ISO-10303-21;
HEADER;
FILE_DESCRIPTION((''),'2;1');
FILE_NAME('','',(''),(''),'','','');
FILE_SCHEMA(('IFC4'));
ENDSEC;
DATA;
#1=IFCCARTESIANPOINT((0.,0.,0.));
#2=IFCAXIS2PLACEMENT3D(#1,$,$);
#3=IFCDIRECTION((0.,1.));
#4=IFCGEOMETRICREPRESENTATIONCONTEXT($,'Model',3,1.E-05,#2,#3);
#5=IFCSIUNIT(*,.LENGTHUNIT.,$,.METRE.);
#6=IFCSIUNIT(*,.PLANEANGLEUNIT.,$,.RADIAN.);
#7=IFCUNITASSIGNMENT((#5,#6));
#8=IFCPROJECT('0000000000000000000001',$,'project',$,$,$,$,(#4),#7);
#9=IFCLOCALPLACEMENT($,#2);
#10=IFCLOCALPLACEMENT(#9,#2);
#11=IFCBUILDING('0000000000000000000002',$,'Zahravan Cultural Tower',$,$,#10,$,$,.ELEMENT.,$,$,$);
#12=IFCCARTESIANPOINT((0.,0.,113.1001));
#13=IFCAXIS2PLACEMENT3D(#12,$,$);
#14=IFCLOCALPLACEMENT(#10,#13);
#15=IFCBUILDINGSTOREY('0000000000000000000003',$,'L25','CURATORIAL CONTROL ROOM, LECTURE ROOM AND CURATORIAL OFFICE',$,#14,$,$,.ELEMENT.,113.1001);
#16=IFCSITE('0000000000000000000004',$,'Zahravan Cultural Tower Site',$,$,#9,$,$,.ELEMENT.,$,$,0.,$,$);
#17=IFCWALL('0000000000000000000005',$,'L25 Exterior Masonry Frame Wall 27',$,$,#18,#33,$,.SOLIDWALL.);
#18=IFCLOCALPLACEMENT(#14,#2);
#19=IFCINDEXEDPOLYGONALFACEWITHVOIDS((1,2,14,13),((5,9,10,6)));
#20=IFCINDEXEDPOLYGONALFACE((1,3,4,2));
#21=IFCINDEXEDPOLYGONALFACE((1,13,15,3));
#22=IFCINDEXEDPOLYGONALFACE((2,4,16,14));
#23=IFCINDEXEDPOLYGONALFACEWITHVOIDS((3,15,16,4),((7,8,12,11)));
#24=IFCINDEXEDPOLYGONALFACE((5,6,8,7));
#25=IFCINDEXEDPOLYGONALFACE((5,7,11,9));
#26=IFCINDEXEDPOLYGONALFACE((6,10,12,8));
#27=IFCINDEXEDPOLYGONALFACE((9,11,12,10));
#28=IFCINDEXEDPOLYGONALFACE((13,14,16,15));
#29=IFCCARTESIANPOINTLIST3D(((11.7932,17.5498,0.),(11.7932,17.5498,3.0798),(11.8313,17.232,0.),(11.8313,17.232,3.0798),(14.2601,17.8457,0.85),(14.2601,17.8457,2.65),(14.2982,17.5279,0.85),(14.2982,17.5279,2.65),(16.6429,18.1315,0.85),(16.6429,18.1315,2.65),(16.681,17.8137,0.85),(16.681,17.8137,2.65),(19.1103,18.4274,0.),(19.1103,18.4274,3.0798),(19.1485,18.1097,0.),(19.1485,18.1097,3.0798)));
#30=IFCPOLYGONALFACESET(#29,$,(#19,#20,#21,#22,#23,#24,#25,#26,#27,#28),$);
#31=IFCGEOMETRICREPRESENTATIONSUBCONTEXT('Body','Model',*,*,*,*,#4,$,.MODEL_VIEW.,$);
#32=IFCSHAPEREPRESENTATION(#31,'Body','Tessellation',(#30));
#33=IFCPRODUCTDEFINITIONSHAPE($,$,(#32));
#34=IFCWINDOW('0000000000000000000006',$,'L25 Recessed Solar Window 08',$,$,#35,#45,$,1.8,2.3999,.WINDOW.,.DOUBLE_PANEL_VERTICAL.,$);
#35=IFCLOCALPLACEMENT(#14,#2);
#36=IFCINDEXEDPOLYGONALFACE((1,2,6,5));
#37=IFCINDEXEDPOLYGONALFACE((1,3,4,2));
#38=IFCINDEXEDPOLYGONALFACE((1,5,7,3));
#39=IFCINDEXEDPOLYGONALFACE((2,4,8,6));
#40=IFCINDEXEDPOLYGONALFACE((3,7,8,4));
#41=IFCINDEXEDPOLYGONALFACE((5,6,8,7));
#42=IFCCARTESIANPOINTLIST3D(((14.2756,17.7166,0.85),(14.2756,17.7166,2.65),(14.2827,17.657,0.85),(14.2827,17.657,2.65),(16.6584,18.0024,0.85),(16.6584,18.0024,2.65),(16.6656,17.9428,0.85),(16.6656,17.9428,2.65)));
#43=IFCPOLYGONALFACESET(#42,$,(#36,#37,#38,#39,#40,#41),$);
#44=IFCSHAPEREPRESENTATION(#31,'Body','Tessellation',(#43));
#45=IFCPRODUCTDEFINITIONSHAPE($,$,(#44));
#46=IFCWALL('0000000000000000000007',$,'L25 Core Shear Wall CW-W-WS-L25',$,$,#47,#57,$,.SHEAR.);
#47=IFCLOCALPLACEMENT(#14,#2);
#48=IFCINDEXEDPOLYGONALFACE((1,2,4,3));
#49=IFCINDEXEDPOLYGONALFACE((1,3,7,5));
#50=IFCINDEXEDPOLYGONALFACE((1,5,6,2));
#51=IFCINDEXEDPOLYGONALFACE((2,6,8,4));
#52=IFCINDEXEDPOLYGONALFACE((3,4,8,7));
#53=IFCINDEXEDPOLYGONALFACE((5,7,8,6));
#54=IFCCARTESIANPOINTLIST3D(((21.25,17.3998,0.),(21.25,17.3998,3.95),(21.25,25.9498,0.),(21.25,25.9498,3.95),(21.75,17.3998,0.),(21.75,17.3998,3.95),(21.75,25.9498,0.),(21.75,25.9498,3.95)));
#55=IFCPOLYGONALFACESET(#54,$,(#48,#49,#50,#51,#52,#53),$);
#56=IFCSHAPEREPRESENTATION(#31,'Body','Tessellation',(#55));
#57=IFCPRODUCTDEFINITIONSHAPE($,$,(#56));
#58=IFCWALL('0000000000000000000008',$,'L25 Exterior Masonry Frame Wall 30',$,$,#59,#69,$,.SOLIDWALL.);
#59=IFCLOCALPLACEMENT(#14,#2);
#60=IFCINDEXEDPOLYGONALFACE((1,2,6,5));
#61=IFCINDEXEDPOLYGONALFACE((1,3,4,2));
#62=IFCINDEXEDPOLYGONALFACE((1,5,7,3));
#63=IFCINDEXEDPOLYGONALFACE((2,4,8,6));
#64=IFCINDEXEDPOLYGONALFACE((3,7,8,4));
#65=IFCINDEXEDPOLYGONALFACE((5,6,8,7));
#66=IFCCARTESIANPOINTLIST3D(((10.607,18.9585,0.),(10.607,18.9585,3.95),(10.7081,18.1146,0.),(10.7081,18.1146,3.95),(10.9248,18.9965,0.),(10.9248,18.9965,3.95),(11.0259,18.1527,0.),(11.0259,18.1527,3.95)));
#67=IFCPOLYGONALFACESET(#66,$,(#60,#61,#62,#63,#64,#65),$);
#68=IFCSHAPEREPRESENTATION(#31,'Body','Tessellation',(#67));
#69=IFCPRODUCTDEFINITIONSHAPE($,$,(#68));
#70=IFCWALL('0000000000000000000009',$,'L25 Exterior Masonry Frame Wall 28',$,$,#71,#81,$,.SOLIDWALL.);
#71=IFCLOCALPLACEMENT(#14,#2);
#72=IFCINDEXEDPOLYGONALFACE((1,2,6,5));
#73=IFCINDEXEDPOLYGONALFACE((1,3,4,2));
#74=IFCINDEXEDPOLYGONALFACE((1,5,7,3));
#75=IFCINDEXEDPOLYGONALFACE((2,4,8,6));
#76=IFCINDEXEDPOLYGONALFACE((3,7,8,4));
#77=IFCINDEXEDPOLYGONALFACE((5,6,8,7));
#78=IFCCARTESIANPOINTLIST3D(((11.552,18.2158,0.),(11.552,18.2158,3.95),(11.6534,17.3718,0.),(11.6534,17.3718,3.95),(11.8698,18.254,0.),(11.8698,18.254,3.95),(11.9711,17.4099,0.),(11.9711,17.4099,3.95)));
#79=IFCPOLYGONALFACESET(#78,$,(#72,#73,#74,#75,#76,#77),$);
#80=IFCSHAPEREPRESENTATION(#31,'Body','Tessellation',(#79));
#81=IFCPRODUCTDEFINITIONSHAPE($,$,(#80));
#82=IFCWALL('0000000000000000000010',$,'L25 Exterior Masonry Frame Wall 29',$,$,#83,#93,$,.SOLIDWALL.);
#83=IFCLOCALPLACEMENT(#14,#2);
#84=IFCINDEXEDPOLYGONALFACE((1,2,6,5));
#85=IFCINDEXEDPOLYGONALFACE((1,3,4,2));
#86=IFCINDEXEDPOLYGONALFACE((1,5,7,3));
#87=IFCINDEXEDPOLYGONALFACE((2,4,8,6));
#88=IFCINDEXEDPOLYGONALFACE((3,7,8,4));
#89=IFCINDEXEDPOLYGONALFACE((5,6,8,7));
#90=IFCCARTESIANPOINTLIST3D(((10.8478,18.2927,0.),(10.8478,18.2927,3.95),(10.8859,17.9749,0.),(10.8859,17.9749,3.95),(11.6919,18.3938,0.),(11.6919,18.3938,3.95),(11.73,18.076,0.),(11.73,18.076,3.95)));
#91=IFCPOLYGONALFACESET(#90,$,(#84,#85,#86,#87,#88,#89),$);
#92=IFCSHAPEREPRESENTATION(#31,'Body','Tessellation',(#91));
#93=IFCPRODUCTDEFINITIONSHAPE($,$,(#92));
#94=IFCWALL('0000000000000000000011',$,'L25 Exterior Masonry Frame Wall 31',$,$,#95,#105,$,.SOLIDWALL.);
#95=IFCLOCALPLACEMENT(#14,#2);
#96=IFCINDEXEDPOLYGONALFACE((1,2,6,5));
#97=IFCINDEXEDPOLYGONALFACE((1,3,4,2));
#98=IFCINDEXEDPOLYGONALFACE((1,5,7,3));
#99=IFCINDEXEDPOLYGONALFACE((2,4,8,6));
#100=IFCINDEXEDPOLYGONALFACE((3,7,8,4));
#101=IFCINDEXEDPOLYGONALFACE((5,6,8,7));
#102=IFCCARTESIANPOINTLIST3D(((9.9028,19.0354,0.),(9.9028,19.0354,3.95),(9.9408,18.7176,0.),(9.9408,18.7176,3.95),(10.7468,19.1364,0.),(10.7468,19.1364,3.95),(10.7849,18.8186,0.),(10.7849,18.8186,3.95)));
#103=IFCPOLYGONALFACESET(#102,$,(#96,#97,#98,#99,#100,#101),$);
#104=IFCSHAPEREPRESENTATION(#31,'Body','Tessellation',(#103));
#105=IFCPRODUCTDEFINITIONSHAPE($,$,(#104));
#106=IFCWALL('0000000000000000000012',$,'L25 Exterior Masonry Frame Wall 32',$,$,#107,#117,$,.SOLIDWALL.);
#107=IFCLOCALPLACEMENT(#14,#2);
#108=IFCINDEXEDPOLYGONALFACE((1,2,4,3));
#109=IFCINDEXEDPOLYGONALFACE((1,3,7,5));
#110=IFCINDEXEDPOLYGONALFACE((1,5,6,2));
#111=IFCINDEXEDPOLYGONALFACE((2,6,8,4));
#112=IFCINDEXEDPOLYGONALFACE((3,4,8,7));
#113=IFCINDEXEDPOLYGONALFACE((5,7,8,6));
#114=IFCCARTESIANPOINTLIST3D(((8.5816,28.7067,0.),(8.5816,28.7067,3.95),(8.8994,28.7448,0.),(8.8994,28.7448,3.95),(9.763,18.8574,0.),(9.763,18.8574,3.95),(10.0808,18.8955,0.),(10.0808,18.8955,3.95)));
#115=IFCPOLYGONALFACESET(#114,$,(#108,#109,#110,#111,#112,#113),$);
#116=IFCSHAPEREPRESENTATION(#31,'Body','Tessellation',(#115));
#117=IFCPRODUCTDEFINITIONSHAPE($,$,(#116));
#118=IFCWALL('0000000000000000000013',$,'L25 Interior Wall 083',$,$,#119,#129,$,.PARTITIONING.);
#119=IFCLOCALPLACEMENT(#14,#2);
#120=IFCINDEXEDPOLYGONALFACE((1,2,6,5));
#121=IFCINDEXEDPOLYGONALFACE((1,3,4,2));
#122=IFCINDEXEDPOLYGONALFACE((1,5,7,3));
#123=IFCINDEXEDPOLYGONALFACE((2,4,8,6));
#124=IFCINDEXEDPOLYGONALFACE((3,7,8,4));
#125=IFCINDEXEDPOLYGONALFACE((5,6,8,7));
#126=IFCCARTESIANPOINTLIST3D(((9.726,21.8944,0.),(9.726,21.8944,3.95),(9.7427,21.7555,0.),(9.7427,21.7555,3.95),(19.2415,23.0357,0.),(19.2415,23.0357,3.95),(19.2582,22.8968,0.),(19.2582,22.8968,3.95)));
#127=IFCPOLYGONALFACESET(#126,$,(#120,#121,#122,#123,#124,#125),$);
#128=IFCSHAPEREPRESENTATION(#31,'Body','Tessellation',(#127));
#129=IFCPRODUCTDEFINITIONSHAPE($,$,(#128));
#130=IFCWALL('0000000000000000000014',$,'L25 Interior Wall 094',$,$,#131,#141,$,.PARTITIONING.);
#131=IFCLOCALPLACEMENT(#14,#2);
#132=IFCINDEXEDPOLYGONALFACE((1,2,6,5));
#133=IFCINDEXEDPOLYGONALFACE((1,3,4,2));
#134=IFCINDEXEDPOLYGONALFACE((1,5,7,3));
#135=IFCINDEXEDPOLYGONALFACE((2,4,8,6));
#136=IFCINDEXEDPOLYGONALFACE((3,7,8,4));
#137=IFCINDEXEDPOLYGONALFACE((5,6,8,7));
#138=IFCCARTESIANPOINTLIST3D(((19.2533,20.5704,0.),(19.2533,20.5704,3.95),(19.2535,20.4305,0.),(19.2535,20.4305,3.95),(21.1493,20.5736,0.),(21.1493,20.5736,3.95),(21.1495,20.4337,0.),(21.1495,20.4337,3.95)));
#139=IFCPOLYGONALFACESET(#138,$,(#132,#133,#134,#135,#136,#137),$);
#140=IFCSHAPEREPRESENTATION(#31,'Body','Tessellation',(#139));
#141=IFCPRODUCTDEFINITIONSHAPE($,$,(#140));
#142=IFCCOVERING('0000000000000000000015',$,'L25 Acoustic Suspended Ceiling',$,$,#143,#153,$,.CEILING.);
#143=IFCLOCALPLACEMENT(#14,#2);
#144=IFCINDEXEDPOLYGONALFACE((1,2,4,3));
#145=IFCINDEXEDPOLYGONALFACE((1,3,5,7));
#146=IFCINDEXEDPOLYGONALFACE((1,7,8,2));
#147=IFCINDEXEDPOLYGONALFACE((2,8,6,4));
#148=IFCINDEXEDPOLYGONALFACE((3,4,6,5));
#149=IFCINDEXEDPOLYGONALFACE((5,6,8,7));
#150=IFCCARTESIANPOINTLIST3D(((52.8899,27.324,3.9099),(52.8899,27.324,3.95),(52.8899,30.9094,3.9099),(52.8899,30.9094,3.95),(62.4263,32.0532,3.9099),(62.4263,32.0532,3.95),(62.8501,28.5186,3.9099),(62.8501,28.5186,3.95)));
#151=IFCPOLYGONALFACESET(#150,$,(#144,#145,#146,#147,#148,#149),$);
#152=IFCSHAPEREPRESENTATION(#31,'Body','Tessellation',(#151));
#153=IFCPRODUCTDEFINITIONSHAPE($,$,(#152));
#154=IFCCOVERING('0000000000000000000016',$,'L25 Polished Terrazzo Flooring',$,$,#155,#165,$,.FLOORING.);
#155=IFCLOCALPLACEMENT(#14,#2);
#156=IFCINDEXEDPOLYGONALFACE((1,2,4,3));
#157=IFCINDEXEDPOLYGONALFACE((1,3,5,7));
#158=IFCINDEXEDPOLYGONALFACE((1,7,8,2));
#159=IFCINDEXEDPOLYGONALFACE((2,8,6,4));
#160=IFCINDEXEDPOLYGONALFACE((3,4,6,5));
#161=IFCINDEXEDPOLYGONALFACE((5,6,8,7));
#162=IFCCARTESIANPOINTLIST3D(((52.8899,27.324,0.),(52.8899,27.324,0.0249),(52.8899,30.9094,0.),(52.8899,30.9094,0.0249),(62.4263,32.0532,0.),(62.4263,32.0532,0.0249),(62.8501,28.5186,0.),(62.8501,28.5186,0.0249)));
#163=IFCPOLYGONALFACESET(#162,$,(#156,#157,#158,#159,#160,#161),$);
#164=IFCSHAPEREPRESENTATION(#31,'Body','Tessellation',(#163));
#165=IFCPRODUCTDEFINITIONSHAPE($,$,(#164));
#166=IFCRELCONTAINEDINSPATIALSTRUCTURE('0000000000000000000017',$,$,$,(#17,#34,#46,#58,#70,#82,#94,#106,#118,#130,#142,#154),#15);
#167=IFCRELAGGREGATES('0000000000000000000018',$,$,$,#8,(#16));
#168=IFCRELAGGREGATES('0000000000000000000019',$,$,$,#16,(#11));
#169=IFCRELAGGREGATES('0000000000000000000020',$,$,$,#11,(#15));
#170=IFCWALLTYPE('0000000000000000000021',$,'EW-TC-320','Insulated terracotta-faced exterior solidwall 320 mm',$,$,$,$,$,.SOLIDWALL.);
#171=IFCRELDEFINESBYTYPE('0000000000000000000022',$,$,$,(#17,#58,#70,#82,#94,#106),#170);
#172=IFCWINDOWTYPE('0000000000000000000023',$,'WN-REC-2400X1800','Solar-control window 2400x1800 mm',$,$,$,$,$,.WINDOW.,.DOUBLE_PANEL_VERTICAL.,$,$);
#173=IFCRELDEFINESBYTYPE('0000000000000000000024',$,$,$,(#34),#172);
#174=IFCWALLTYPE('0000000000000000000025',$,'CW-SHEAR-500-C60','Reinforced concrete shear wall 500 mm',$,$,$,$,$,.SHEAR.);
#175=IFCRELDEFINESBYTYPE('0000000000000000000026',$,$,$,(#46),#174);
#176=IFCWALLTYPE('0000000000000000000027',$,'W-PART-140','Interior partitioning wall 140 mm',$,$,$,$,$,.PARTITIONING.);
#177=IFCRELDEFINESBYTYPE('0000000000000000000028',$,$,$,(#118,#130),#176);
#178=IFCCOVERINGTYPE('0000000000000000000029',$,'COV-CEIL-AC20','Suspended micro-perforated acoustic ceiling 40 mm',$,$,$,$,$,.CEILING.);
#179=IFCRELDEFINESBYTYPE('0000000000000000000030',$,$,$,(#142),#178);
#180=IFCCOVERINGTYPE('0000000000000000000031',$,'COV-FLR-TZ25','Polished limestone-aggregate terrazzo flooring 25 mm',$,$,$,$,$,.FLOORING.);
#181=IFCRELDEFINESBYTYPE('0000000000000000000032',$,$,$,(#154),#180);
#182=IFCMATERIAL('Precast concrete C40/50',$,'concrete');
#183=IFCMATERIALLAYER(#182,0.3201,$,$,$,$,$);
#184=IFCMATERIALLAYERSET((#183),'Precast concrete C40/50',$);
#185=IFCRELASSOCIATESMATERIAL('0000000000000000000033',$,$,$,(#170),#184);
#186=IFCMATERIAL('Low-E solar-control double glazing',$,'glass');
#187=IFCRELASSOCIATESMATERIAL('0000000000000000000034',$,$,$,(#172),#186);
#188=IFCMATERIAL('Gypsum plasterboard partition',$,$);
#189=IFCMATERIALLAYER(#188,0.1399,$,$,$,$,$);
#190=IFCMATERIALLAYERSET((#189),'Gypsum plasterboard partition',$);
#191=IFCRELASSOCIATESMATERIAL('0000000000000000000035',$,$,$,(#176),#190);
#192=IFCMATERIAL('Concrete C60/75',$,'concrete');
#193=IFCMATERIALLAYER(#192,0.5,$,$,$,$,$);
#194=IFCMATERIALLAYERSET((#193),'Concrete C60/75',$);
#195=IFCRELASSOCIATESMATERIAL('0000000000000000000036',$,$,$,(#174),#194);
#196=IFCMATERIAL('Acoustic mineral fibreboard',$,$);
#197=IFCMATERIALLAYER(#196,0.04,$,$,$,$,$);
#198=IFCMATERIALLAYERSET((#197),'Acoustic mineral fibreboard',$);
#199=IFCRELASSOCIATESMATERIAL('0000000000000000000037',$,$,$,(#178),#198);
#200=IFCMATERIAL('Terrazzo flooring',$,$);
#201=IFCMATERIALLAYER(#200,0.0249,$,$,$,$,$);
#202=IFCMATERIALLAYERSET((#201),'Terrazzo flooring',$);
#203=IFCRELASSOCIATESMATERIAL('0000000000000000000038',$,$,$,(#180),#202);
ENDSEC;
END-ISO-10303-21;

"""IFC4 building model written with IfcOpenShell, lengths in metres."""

from ifc_helpers import new_model, si_unit, direction, frame, frame_2d, origin, place, context, subcontext, project, spatial, polyline, rectangle, outline, extrude, source, transform, mapped, material, layer, layer_set, type_object, element, fill, save


model = new_model("IFC4")

# Units and contexts
model_context = context("Model", 3, precision=1e-05, world=origin(), true_north=direction((0.0, 1.0)))
body_context = subcontext(model_context, "Body", "Model", "MODEL_VIEW")
ifc_project = project(units=[si_unit("LENGTHUNIT", "METRE"), si_unit("PLANEANGLEUNIT", "RADIAN")], contexts=[model_context])

# Site, building, storey
site_placement = place(None, origin())
site = spatial("IfcSite", under=ifc_project, at=site_placement, Name="Zahravan Cultural Tower Site", CompositionType="ELEMENT", RefElevation=0.0)
building_placement = place(site_placement, origin())
building = spatial("IfcBuilding", under=site, at=building_placement, Name="Zahravan Cultural Tower", CompositionType="ELEMENT")
storey_placement = place(building_placement, frame((0.0, 0.0, 113.1001)))
storey = spatial("IfcBuildingStorey", under=building, at=storey_placement, Name="L25", Description="CURATORIAL CONTROL ROOM, LECTURE ROOM AND CURATORIAL OFFICE", CompositionType="ELEMENT", Elevation=113.1001)

# Wall, opening, window
ifc_material_1 = material(Name="Precast concrete C40/50", Category="concrete")
ifc_layer_1 = layer(ifc_material_1, 0.3201)
ifc_layer_set_1 = layer_set([ifc_layer_1], Name="Precast concrete C40/50")
wall_type_1 = type_object("IfcWallType", Name="EW-TC-320", Description="Insulated terracotta-faced exterior solidwall 320 mm", PredefinedType="SOLIDWALL", material=ifc_layer_set_1)
wall_1_placement = place(storey_placement, frame((19.1294, 18.2686, 0.0), z_axis=(0.0, 0.0, 1.0), x_axis=(-0.992883, -0.119096, 0.0)))
wall_1 = element("IfcWall", 1, at=wall_1_placement, inside=storey, type_object=wall_type_1, Name="L25 Exterior Masonry Frame Wall 27", PredefinedType="SOLIDWALL", context=body_context, shape_type="SweptSolid", body=[
    extrude(rectangle(XDim=7.3696, YDim=0.3201, at=frame_2d((3.6848, 0.0))), origin(), (0.0, 0.0, 1.0), 3.0798),
])
opening_1_placement = place(wall_1_placement, frame((2.4851, 0.0, 0.8501)))
opening_1 = element("IfcOpeningElement", 2, at=opening_1_placement, cuts=wall_1, PredefinedType="OPENING", context=body_context, shape_type="SweptSolid", body=[
    extrude(rectangle(XDim=2.3999, YDim=1.8, at=frame_2d((1.2, 0.8999))), frame((0.0, 0.1699, 0.0), z_axis=(0.0, -1.0, 0.0), x_axis=(1.0, 0.0, 0.0)), (0.0, 0.0, 1.0), 0.3401),
])
ifc_material_2 = material(Name="Low-E solar-control double glazing", Category="glass")
window_type = type_object("IfcWindowType", Name="WN-REC-2400X1800", Description="Solar-control window 2400x1800 mm", PartitioningType="DOUBLE_PANEL_VERTICAL", PredefinedType="WINDOW", material=ifc_material_2)
shared_shape_1 = source(origin(), body_context, "Body", "SweptSolid", [
    extrude(rectangle(XDim=2.3999, YDim=1.8, at=frame_2d((1.2, 0.8999))), frame((0.0, 0.03, 0.0), z_axis=(0.0, -1.0, 0.0), x_axis=(1.0, 0.0, 0.0)), (0.0, 0.0, 1.0), 0.0601),
])
window_placement = place(opening_1_placement, origin())
window = element("IfcWindow", 3, at=window_placement, inside=storey, type_object=window_type, Name="L25 Recessed Solar Window 08", OverallHeight=1.8, OverallWidth=2.3999, PartitioningType="DOUBLE_PANEL_VERTICAL", PredefinedType="WINDOW", context=body_context, shape_type="MappedRepresentation", body=[
    mapped(shared_shape_1, transform((0.0, 0.0, 0.0), x_axis=(1.0, 0.0, 0.0), y_axis=(0.0, 1.0, 0.0), z_axis=(0.0, 0.0, 1.0), scale=1.0)),
])
fill(opening_1, window)

# Shared definitions
ifc_material_3 = material(Name="Gypsum plasterboard partition")
ifc_layer_2 = layer(ifc_material_3, 0.1399)
ifc_layer_set_2 = layer_set([ifc_layer_2], Name="Gypsum plasterboard partition")
wall_type_2 = type_object("IfcWallType", Name="W-PART-140", Description="Interior partitioning wall 140 mm", PredefinedType="PARTITIONING", material=ifc_layer_set_2)

# Walls
ifc_material_4 = material(Name="Concrete C60/75", Category="concrete")
ifc_layer_3 = layer(ifc_material_4, 0.5)
ifc_layer_set_3 = layer_set([ifc_layer_3], Name="Concrete C60/75")
wall_type_3 = type_object("IfcWallType", Name="CW-SHEAR-500-C60", Description="Reinforced concrete shear wall 500 mm", PredefinedType="SHEAR", material=ifc_layer_set_3)
shared_shape_2 = source(origin(), body_context, "Body", "SweptSolid", [
    extrude(rectangle(XDim=8.55, YDim=0.5, at=frame_2d((4.2749, 0.0))), origin(), (0.0, 0.0, 1.0), 3.95),
])
wall_2_placement = place(storey_placement, frame((21.5, 17.3999, 0.0), z_axis=(0.0, 0.0, 1.0), x_axis=(0.0, 1.0, 0.0)))
element("IfcWall", 4, at=wall_2_placement, inside=storey, type_object=wall_type_3, Name="L25 Core Shear Wall CW-W-WS-L25", PredefinedType="SHEAR", context=body_context, shape_type="MappedRepresentation", body=[
    mapped(shared_shape_2, transform((0.0, 0.0, 0.0), x_axis=(1.0, 0.0, 0.0), y_axis=(0.0, 1.0, 0.0), z_axis=(0.0, 0.0, 1.0), scale=1.0)),
])
shared_shape_3 = source(origin(), body_context, "Body", "SweptSolid", [
    extrude(rectangle(XDim=0.8499, YDim=0.3201, at=frame_2d((0.4248, 0.0))), origin(), (0.0, 0.0, 1.0), 3.95),
])
wall_3_placement = place(storey_placement, frame((10.8669, 18.1338, 0.0), z_axis=(0.0, 0.0, 1.0), x_axis=(-0.118941, 0.992901, 0.0)))
element("IfcWall", 5, at=wall_3_placement, inside=storey, type_object=wall_type_1, Name="L25 Exterior Masonry Frame Wall 30", PredefinedType="SOLIDWALL", context=body_context, shape_type="MappedRepresentation", body=[
    mapped(shared_shape_3, transform((0.0, 0.0, 0.0), x_axis=(1.0, 0.0, 0.0), y_axis=(0.0, 1.0, 0.0), z_axis=(0.0, 0.0, 1.0), scale=1.0)),
])
shared_shape_4 = source(origin(), body_context, "Body", "SweptSolid", [
    extrude(rectangle(XDim=0.8501, YDim=0.3201, at=frame_2d((0.425, 0.0))), origin(), (0.0, 0.0, 1.0), 3.95),
])
for number, where, z_axis, x_axis, name in (
    (6, (11.8123, 17.3909, 0.0), (0.0, 0.0, 1.0), (-0.119191, 0.992871, 0.0), "L25 Exterior Masonry Frame Wall 28"),
    (7, (11.7109, 18.2349, 0.0), (0.0, 0.0, 1.0), (-0.992905, -0.118907, 0.0), "L25 Exterior Masonry Frame Wall 29"),
    (8, (10.7659, 18.9775, 0.0), (0.0, 0.0, 1.0), (-0.992905, -0.118907, 0.0), "L25 Exterior Masonry Frame Wall 31"),
):
    element("IfcWall", number, at=place(storey_placement, frame(where, z_axis=z_axis, x_axis=x_axis)), inside=storey, type_object=wall_type_1, Name=name, PredefinedType="SOLIDWALL", context=body_context, shape_type="MappedRepresentation", body=[
        mapped(shared_shape_4, transform((0.0, 0.0, 0.0), x_axis=(1.0, 0.0, 0.0), y_axis=(0.0, 1.0, 0.0), z_axis=(0.0, 0.0, 1.0), scale=1.0)),
    ])
shared_shape_5 = source(origin(), body_context, "Body", "SweptSolid", [
    extrude(rectangle(XDim=9.9199, YDim=0.3201, at=frame_2d((4.96, 0.0))), origin(), (0.0, 0.0, 1.0), 3.95),
])
wall_4_placement = place(storey_placement, frame((9.9219, 18.8765, 0.0), z_axis=(0.0, 0.0, 1.0), x_axis=(-0.119093, 0.992883, 0.0)))
element("IfcWall", 9, at=wall_4_placement, inside=storey, type_object=wall_type_1, Name="L25 Exterior Masonry Frame Wall 32", PredefinedType="SOLIDWALL", context=body_context, shape_type="MappedRepresentation", body=[
    mapped(shared_shape_5, transform((0.0, 0.0, 0.0), x_axis=(1.0, 0.0, 0.0), y_axis=(0.0, 1.0, 0.0), z_axis=(0.0, 0.0, 1.0), scale=1.0)),
])
shared_shape_6 = source(origin(), body_context, "Body", "SweptSolid", [
    extrude(rectangle(XDim=9.5837, YDim=0.1399, at=frame_2d((4.792, 0.0))), origin(), (0.0, 0.0, 1.0), 3.95),
])
wall_5_placement = place(storey_placement, frame((19.25, 22.9663, 0.0), z_axis=(0.0, 0.0, 1.0), x_axis=(-0.992883, -0.119092, 0.0)))
element("IfcWall", 10, at=wall_5_placement, inside=storey, type_object=wall_type_2, Name="L25 Interior Wall 083", PredefinedType="PARTITIONING", context=body_context, shape_type="MappedRepresentation", body=[
    mapped(shared_shape_6, transform((0.0, 0.0, 0.0), x_axis=(1.0, 0.0, 0.0), y_axis=(0.0, 1.0, 0.0), z_axis=(0.0, 0.0, 1.0), scale=1.0)),
])
shared_shape_7 = source(origin(), body_context, "Body", "SweptSolid", [
    extrude(rectangle(XDim=1.896, YDim=0.1399, at=frame_2d((0.948, 0.0))), origin(), (0.0, 0.0, 1.0), 3.95),
])
wall_6_placement = place(storey_placement, frame((19.2534, 20.5005, 0.0), z_axis=(0.0, 0.0, 1.0), x_axis=(0.999999, 0.001674, 0.0)))
element("IfcWall", 11, at=wall_6_placement, inside=storey, type_object=wall_type_2, Name="L25 Interior Wall 094", PredefinedType="PARTITIONING", context=body_context, shape_type="MappedRepresentation", body=[
    mapped(shared_shape_7, transform((0.0, 0.0, 0.0), x_axis=(1.0, 0.0, 0.0), y_axis=(0.0, 1.0, 0.0), z_axis=(0.0, 0.0, 1.0), scale=1.0)),
])

# Coverings
ifc_material_5 = material(Name="Acoustic mineral fibreboard")
ifc_layer_4 = layer(ifc_material_5, 0.04)
ifc_layer_set_4 = layer_set([ifc_layer_4], Name="Acoustic mineral fibreboard")
covering_type_1 = type_object("IfcCoveringType", Name="COV-CEIL-AC20", Description="Suspended micro-perforated acoustic ceiling 40 mm", PredefinedType="CEILING", material=ifc_layer_set_4)
covering_1_placement = place(storey_placement, frame((0.0, 0.0, 3.9099)))
element("IfcCovering", 12, at=covering_1_placement, inside=storey, type_object=covering_type_1, Name="L25 Acoustic Suspended Ceiling", PredefinedType="CEILING", context=body_context, shape_type="SweptSolid", body=[
    extrude(outline(polyline([(62.8501, 28.5186), (62.4263, 32.0532), (52.8899, 30.9094), (52.8899, 27.324), (62.8501, 28.5186)])), origin(), (0.0, 0.0, 1.0), 0.04),
])
ifc_material_6 = material(Name="Terrazzo flooring")
ifc_layer_5 = layer(ifc_material_6, 0.0249)
ifc_layer_set_5 = layer_set([ifc_layer_5], Name="Terrazzo flooring")
covering_type_2 = type_object("IfcCoveringType", Name="COV-FLR-TZ25", Description="Polished limestone-aggregate terrazzo flooring 25 mm", PredefinedType="FLOORING", material=ifc_layer_set_5)
covering_2_placement = place(storey_placement, origin())
element("IfcCovering", 13, at=covering_2_placement, inside=storey, type_object=covering_type_2, Name="L25 Polished Terrazzo Flooring", PredefinedType="FLOORING", context=body_context, shape_type="SweptSolid", body=[
    extrude(outline(polyline([(62.8501, 28.5186), (62.4263, 32.0532), (52.8899, 30.9094), (52.8899, 27.324), (62.8501, 28.5186)])), origin(), (0.0, 0.0, 1.0), 0.0249),
])

save(model, "model.ifc")
